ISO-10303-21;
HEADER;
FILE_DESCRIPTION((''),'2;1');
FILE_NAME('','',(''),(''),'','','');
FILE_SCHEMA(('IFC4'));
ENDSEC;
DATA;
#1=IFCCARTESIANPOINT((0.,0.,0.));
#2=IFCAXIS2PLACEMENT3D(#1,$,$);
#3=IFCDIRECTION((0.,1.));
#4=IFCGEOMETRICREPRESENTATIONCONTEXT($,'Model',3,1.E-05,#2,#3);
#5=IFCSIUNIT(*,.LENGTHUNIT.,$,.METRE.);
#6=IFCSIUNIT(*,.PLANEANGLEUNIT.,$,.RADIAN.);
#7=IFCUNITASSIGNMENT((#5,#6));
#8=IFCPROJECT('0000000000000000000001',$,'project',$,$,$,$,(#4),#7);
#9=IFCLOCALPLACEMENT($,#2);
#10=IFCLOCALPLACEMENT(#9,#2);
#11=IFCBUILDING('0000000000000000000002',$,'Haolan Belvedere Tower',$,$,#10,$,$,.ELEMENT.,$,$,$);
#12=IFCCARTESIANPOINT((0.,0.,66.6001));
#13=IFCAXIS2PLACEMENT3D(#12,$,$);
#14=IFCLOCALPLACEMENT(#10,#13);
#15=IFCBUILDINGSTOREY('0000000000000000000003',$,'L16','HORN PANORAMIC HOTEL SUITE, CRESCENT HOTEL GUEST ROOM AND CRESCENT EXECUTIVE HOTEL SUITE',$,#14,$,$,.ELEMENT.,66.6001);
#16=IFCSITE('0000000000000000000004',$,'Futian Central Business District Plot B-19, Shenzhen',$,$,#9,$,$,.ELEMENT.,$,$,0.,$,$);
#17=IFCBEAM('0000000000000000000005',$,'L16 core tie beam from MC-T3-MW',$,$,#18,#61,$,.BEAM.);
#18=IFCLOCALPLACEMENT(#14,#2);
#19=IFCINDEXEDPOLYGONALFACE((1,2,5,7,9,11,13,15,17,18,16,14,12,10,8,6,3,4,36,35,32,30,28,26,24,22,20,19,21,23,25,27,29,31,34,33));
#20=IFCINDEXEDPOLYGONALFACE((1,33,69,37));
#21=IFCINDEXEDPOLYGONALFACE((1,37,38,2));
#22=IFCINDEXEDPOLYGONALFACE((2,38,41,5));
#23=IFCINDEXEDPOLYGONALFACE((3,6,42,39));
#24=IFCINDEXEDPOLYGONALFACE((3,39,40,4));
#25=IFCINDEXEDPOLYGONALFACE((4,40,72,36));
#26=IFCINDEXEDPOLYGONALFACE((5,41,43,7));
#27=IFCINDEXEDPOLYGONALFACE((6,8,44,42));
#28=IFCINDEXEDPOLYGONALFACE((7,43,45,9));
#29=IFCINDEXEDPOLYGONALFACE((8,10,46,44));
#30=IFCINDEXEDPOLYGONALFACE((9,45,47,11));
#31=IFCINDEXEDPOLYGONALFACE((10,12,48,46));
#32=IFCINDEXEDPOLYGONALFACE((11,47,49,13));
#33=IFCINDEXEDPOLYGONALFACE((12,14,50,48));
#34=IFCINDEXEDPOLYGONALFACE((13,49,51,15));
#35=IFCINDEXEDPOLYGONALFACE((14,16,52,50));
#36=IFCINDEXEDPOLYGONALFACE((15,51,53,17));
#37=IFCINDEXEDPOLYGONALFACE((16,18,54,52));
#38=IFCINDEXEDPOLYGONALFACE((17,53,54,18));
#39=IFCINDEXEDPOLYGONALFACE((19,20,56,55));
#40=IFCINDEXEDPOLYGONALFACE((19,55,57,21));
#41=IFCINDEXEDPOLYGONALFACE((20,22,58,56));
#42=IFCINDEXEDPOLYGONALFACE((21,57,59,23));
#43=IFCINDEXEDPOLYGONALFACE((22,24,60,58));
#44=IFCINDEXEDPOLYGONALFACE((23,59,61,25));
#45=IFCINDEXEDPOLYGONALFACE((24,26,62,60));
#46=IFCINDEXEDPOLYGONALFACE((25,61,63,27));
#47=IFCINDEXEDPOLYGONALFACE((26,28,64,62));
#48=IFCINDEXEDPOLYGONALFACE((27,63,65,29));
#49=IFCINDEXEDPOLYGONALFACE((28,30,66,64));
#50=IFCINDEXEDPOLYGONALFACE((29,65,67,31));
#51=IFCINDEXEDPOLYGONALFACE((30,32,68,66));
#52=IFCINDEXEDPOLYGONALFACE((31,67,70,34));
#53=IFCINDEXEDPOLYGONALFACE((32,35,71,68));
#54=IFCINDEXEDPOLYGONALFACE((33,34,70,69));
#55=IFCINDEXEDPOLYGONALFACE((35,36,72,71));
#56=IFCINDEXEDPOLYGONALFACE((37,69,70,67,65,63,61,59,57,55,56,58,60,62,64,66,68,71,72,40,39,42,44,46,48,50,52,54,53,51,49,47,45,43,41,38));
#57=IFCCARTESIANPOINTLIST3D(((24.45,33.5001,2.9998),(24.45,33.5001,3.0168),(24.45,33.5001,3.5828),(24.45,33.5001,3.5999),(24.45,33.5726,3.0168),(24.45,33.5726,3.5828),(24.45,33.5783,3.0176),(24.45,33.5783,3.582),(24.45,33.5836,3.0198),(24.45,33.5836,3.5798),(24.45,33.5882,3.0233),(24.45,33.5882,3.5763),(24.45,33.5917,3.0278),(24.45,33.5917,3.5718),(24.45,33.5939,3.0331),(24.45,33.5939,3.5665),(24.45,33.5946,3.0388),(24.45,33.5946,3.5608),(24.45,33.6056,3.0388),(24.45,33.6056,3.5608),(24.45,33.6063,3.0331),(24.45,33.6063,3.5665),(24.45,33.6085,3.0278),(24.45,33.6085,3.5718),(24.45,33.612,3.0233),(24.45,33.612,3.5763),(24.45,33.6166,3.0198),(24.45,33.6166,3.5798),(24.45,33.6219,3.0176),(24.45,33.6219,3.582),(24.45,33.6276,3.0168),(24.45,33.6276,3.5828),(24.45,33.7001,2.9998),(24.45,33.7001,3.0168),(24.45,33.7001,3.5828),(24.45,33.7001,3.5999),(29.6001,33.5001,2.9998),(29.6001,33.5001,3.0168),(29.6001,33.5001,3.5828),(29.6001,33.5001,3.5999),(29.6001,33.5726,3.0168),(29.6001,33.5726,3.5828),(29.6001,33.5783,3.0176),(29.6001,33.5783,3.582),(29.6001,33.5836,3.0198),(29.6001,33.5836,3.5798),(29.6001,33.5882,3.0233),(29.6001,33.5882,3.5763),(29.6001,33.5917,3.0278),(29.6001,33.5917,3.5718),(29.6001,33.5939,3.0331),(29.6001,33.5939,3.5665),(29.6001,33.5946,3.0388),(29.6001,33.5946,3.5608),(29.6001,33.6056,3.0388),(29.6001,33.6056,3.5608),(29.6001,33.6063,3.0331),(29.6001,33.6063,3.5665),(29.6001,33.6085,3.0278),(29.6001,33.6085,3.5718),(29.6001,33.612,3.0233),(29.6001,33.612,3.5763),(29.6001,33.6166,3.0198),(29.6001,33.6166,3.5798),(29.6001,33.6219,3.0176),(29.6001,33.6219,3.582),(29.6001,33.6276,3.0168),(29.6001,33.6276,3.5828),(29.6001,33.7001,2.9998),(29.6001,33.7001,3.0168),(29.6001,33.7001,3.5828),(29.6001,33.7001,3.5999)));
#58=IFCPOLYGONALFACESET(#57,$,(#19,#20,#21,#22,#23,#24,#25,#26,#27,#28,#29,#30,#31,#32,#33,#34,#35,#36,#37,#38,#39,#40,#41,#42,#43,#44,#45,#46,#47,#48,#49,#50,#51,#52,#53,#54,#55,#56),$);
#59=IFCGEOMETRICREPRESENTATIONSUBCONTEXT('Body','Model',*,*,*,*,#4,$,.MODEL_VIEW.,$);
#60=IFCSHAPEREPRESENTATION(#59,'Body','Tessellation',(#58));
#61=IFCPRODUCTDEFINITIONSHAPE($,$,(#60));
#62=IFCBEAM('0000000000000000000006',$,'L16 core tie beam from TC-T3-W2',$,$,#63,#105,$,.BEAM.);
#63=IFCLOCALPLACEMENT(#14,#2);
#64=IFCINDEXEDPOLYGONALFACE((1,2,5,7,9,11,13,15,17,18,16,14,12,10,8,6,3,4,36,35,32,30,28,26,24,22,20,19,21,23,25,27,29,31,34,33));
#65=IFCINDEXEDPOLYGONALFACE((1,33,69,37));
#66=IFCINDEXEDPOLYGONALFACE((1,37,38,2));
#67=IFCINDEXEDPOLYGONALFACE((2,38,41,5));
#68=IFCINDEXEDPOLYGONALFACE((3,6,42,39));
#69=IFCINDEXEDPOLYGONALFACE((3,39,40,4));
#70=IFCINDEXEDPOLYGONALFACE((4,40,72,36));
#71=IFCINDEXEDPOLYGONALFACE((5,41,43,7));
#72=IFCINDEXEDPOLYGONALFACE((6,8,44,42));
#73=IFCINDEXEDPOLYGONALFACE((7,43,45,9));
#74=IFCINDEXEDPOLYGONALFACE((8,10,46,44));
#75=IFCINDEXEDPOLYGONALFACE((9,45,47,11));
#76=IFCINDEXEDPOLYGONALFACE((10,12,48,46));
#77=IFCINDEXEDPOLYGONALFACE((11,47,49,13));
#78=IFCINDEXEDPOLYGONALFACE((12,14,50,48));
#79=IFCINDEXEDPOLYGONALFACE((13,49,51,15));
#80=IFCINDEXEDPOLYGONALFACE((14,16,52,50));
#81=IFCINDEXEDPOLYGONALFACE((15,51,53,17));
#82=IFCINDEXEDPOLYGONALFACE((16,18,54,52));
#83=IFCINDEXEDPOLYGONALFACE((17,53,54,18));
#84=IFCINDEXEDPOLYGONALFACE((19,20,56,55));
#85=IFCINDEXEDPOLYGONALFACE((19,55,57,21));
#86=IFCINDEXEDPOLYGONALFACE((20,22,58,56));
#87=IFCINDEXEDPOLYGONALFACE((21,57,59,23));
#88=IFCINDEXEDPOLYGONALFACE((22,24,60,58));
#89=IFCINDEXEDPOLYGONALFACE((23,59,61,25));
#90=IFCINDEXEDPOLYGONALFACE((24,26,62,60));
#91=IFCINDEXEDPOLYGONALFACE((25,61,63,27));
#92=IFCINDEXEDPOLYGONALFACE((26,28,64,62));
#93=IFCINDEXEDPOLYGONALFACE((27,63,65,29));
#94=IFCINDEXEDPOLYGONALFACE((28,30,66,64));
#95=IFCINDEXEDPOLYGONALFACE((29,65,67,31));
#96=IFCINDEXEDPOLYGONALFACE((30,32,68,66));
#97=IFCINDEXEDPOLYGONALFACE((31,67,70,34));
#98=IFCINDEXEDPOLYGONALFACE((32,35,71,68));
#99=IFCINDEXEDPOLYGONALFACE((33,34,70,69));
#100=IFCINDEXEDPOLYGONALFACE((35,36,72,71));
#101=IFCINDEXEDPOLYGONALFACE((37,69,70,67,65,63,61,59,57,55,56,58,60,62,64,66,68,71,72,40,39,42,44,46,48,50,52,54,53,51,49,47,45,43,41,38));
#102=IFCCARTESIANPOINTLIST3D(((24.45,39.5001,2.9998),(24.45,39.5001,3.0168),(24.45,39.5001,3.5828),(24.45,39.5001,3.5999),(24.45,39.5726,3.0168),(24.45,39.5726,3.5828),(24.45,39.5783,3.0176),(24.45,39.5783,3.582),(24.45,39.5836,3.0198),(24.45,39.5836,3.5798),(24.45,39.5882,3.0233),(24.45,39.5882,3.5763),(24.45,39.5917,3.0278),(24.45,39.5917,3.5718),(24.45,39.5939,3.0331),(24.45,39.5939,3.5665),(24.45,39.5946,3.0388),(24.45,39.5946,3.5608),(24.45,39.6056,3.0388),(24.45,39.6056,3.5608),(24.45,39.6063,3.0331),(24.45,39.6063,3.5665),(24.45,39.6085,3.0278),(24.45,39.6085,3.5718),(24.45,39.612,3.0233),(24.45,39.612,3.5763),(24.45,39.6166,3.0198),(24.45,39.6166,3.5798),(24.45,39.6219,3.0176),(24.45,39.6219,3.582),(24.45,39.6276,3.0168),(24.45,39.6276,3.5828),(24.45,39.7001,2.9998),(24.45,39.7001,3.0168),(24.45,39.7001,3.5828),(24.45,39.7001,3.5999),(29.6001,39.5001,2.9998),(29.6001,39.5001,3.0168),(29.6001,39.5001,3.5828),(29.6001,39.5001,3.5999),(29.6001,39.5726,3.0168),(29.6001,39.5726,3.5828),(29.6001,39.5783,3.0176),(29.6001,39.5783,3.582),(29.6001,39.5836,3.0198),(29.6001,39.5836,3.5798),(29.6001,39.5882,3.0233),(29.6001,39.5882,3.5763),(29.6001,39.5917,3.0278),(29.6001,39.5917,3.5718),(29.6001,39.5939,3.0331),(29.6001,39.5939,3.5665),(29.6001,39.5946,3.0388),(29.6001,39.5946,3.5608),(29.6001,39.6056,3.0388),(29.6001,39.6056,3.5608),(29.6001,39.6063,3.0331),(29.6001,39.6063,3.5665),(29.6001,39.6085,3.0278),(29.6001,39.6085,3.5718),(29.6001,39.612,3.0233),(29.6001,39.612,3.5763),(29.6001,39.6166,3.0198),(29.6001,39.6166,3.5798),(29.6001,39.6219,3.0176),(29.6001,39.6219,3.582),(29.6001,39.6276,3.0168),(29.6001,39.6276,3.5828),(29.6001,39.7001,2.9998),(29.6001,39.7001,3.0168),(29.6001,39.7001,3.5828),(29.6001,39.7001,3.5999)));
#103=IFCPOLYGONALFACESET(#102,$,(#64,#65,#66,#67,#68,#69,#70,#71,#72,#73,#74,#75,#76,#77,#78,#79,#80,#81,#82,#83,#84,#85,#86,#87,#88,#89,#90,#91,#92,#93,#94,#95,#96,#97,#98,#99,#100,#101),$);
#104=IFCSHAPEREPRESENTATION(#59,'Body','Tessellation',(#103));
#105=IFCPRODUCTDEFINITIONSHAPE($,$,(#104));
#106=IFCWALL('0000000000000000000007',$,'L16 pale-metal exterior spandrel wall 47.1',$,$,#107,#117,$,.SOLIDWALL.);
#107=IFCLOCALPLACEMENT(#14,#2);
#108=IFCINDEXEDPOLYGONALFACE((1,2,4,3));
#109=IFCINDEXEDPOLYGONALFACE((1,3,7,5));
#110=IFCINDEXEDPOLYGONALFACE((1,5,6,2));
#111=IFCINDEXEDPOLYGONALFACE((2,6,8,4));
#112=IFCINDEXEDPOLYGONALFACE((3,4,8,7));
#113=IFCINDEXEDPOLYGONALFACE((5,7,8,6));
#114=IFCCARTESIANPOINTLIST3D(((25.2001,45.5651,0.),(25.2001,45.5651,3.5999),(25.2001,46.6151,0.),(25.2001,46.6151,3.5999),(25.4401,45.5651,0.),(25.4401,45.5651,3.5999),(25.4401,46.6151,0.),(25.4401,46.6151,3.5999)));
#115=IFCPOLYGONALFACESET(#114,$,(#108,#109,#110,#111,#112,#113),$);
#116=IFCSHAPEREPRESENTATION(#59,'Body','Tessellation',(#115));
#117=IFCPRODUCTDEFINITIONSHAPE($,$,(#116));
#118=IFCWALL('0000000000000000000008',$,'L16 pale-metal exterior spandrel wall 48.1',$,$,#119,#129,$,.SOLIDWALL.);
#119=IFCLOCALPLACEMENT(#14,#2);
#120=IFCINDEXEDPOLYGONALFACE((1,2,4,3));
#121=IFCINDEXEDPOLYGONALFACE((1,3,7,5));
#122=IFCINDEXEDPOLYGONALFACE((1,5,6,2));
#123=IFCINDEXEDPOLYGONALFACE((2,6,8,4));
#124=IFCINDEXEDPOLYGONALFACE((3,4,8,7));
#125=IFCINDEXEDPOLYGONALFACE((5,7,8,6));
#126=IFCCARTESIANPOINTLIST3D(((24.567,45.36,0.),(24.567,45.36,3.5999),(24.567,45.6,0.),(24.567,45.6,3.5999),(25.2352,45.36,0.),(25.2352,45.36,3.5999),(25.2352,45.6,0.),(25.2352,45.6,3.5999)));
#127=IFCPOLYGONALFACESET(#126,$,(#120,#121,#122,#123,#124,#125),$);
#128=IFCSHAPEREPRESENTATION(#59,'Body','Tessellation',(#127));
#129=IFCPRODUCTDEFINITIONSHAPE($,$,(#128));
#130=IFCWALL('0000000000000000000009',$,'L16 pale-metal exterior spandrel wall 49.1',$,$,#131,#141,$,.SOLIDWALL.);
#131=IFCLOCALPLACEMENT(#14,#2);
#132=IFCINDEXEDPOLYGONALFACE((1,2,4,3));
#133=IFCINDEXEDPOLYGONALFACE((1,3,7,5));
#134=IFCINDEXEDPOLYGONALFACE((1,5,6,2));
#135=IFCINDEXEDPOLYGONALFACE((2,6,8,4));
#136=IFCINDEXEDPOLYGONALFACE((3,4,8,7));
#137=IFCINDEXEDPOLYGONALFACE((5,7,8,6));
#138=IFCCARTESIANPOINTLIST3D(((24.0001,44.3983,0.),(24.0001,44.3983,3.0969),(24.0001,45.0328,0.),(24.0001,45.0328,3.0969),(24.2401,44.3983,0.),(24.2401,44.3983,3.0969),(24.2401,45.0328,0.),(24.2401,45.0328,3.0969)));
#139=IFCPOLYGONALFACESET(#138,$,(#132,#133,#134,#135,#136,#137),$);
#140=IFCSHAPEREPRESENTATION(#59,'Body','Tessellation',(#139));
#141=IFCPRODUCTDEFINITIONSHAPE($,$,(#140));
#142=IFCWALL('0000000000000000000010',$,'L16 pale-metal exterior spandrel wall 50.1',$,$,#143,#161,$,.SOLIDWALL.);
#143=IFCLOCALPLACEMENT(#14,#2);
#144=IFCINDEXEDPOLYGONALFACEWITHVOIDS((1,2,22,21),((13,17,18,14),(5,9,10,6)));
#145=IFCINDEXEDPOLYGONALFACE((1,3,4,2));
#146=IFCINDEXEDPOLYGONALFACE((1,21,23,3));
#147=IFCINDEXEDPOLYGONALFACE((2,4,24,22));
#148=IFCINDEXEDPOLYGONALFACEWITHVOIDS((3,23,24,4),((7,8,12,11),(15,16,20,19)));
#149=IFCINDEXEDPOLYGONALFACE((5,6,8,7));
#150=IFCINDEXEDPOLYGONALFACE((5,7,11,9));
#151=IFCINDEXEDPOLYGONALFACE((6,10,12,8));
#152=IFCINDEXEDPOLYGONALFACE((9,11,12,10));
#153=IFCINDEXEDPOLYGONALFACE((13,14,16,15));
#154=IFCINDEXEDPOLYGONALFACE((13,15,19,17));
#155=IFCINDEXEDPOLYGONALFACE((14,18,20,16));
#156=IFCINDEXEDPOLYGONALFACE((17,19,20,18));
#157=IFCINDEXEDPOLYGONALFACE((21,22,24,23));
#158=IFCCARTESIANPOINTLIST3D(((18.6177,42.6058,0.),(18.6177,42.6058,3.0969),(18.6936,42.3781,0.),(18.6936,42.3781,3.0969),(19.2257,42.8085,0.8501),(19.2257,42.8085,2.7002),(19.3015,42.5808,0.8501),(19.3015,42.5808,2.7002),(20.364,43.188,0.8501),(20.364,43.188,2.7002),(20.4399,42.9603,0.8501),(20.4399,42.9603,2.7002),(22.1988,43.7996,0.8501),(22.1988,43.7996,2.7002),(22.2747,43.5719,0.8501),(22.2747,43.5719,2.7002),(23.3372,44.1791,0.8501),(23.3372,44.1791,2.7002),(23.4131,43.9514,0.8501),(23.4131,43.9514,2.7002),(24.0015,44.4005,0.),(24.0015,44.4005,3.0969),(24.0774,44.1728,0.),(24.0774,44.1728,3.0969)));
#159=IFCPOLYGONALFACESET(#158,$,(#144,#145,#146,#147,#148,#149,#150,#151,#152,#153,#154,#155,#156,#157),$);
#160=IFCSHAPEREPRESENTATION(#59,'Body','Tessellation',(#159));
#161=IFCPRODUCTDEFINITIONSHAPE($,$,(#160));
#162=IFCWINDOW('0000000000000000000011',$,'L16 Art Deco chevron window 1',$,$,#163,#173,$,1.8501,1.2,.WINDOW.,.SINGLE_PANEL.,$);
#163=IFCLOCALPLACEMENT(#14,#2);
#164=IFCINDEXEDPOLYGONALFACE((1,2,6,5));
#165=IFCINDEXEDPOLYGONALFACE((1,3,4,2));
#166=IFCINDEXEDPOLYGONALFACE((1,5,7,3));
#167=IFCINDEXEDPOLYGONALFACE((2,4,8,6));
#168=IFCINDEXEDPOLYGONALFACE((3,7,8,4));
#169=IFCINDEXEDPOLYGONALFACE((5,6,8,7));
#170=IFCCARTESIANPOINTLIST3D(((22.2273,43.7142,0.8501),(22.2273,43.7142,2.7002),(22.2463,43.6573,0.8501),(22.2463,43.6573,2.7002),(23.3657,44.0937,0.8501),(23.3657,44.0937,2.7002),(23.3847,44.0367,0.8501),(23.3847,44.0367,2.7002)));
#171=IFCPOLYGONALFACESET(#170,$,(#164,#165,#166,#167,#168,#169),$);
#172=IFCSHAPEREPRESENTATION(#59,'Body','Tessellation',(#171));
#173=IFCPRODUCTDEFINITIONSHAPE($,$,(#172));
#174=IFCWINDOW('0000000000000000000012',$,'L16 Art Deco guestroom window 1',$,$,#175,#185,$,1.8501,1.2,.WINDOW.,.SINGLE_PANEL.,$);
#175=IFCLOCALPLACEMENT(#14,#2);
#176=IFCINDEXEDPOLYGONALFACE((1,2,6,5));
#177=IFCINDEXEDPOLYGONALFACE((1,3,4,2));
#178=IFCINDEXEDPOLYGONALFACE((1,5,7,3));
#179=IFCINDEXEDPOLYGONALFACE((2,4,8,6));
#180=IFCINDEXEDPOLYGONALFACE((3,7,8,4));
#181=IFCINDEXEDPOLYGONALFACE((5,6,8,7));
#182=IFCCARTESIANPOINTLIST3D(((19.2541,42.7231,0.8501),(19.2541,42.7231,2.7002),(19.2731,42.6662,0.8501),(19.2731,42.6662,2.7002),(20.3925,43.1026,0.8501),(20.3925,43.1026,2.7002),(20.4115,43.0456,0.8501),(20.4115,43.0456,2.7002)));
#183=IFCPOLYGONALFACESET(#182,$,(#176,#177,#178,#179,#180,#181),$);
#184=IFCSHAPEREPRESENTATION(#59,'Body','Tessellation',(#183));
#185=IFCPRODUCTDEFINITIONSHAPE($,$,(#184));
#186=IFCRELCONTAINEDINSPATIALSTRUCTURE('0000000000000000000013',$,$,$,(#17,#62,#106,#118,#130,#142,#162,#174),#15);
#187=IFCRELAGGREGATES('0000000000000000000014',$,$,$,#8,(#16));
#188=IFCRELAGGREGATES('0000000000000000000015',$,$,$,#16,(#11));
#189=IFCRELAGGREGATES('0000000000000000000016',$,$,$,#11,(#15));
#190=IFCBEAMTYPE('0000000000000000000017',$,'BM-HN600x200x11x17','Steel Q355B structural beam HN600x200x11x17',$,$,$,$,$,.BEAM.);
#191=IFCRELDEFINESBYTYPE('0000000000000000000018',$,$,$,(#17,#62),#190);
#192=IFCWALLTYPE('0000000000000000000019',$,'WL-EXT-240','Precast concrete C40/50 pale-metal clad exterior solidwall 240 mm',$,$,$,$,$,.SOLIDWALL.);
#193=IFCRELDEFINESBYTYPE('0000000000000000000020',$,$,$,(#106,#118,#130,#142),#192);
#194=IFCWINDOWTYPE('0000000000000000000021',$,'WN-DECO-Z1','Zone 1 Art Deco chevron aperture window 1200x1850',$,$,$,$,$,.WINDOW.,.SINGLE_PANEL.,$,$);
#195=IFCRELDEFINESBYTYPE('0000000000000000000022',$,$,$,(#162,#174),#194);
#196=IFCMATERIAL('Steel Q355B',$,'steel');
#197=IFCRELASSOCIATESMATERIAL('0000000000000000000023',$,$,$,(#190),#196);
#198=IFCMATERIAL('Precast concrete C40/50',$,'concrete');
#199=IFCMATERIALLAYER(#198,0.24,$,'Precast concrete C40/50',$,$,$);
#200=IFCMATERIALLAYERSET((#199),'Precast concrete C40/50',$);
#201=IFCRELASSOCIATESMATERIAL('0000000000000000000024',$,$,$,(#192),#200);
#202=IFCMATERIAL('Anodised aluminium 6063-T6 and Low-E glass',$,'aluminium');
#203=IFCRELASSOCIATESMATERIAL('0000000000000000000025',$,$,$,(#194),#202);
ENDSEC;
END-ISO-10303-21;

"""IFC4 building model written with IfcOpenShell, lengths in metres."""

from ifc_helpers import new_model, si_unit, direction, frame, frame_2d, origin, origin_2d, place, context, subcontext, project, spatial, rectangle, i_section, extrude, material, layer, layer_set, material_profile, profile_set, type_object, element, fill, save


model = new_model("IFC4")

# Units and contexts
model_context = context("Model", 3, precision=1e-05, world=origin(), true_north=direction((0.0, 1.0)))
body_context = subcontext(model_context, "Body", "Model", "MODEL_VIEW")
ifc_project = project(units=[si_unit("LENGTHUNIT", "METRE"), si_unit("PLANEANGLEUNIT", "RADIAN")], contexts=[model_context])

# Site, building, storey
site_placement = place(None, origin())
site = spatial("IfcSite", under=ifc_project, at=site_placement, Name="Futian Central Business District Plot B-19, Shenzhen", CompositionType="ELEMENT", RefElevation=0.0)
building_placement = place(site_placement, origin())
building = spatial("IfcBuilding", under=site, at=building_placement, Name="Haolan Belvedere Tower", CompositionType="ELEMENT")
storey_placement = place(building_placement, frame((0.0, 0.0, 66.6001)))
storey = spatial("IfcBuildingStorey", under=building, at=storey_placement, Name="L16", Description="HORN PANORAMIC HOTEL SUITE, CRESCENT HOTEL GUEST ROOM AND CRESCENT EXECUTIVE HOTEL SUITE", CompositionType="ELEMENT", Elevation=66.6001)

# Shared definitions
ifc_material_1 = material(Name="Steel Q355B", Category="steel")

# Beams
ifc_material_profile_1 = material_profile(ifc_material_1, i_section(OverallWidth=0.2, OverallDepth=0.6001, WebThickness=0.011, FlangeThickness=0.0171, FilletRadius=0.022, at=origin_2d()), Name="Steel Q355B")
ifc_profile_set_1 = profile_set([ifc_material_profile_1], Name="Steel Q355B")
beam_type_1 = type_object("IfcBeamType", Name="BM-HN600x200x11x17", Description="Steel Q355B structural beam HN600x200x11x17", PredefinedType="BEAM", material=ifc_profile_set_1)
for number, where, z_axis, x_axis, name in (
    (1, (24.45, 33.6001, 3.2998), (1.0, 0.0, 0.0), (0.0, 1.0, 0.0), "L16 core tie beam from MC-T3-MW"),
    (2, (24.45, 39.6001, 3.2998), (1.0, 0.0, 0.0), (0.0, 1.0, 0.0), "L16 core tie beam from TC-T3-W2"),
):
    element("IfcBeam", number, at=place(storey_placement, frame(where, z_axis=z_axis, x_axis=x_axis)), inside=storey, type_object=beam_type_1, Name=name, PredefinedType="BEAM", context=body_context, shape_type="SweptSolid", body=[
        extrude(i_section(OverallWidth=0.2, OverallDepth=0.6001, WebThickness=0.011, FlangeThickness=0.0171, FilletRadius=0.022, at=origin_2d()), origin(), (0.0, 0.0, 1.0), 5.1501),
    ])

# Walls
ifc_material_2 = material(Name="Precast concrete C40/50", Category="concrete")
ifc_layer_1 = layer(ifc_material_2, 0.24, Name="Precast concrete C40/50")
ifc_layer_set_1 = layer_set([ifc_layer_1], Name="Precast concrete C40/50")
wall_type_1 = type_object("IfcWallType", Name="WL-EXT-240", Description="Precast concrete C40/50 pale-metal clad exterior solidwall 240 mm", PredefinedType="SOLIDWALL", material=ifc_layer_set_1)
wall_1_placement = place(storey_placement, frame((25.3201, 46.615, 0.0), z_axis=(0.0, 0.0, 1.0), x_axis=(0.0, -1.0, 0.0)))
element("IfcWall", 3, at=wall_1_placement, inside=storey, type_object=wall_type_1, Name="L16 pale-metal exterior spandrel wall 47.1", PredefinedType="SOLIDWALL", context=body_context, shape_type="SweptSolid", body=[
    extrude(rectangle(XDim=1.05, YDim=0.24, at=frame_2d((0.5249, 0.0))), origin(), (0.0, 0.0, 1.0), 3.5999),
])
wall_2_placement = place(storey_placement, frame((25.2351, 45.48, 0.0), z_axis=(0.0, 0.0, 1.0), x_axis=(-1.0, 0.0, 0.0)))
element("IfcWall", 4, at=wall_2_placement, inside=storey, type_object=wall_type_1, Name="L16 pale-metal exterior spandrel wall 48.1", PredefinedType="SOLIDWALL", context=body_context, shape_type="SweptSolid", body=[
    extrude(rectangle(XDim=0.6682, YDim=0.24, at=frame_2d((0.334, 0.0))), origin(), (0.0, 0.0, 1.0), 3.5999),
])
wall_3_placement = place(storey_placement, frame((24.1201, 45.033, 0.0), z_axis=(0.0, 0.0, 1.0), x_axis=(0.0, -1.0, 0.0)))
element("IfcWall", 5, at=wall_3_placement, inside=storey, type_object=wall_type_1, Name="L16 pale-metal exterior spandrel wall 49.1", PredefinedType="SOLIDWALL", context=body_context, shape_type="SweptSolid", body=[
    extrude(rectangle(XDim=0.6345, YDim=0.24, at=frame_2d((0.3174, 0.0))), origin(), (0.0, 0.0, 1.0), 3.0969),
])

# Wall, openings, windows
wall_4_placement = place(storey_placement, frame((24.0393, 44.2866, 0.0), z_axis=(0.0, 0.0, 1.0), x_axis=(-0.948679, -0.316241, 0.0)))
wall_4 = element("IfcWall", 6, at=wall_4_placement, inside=storey, type_object=wall_type_1, Name="L16 pale-metal exterior spandrel wall 50.1", PredefinedType="SOLIDWALL", context=body_context, shape_type="SweptSolid", body=[
    extrude(rectangle(XDim=5.675, YDim=0.24, at=frame_2d((2.8374, 0.0))), origin(), (0.0, 0.0, 1.0), 3.0969),
])
opening_1_placement = place(wall_4_placement, frame((0.7, 0.0, 0.8501)))
opening_1 = element("IfcOpeningElement", 7, at=opening_1_placement, cuts=wall_4, PredefinedType="OPENING", context=body_context, shape_type="SweptSolid", body=[
    extrude(rectangle(XDim=1.2, YDim=1.8501, at=frame_2d((0.6001, 0.925))), frame((0.0, 0.1299, 0.0), z_axis=(0.0, -1.0, 0.0), x_axis=(1.0, 0.0, 0.0)), (0.0, 0.0, 1.0), 0.26),
])
opening_2_placement = place(wall_4_placement, frame((3.834, 0.0, 0.8501)))
opening_2 = element("IfcOpeningElement", 8, at=opening_2_placement, cuts=wall_4, PredefinedType="OPENING", context=body_context, shape_type="SweptSolid", body=[
    extrude(rectangle(XDim=1.2, YDim=1.8501, at=frame_2d((0.6001, 0.925))), frame((0.0, 0.1299, 0.0), z_axis=(0.0, -1.0, 0.0), x_axis=(1.0, 0.0, 0.0)), (0.0, 0.0, 1.0), 0.26),
])
ifc_material_3 = material(Name="Anodised aluminium 6063-T6 and Low-E glass", Category="aluminium")
window_type = type_object("IfcWindowType", Name="WN-DECO-Z1", Description="Zone 1 Art Deco chevron aperture window 1200x1850", PartitioningType="SINGLE_PANEL", PredefinedType="WINDOW", material=ifc_material_3)
window_1_placement = place(opening_1_placement, origin())
window_1 = element("IfcWindow", 9, at=window_1_placement, inside=storey, type_object=window_type, Name="L16 Art Deco chevron window 1", OverallHeight=1.8501, OverallWidth=1.2, PartitioningType="SINGLE_PANEL", PredefinedType="WINDOW", context=body_context, shape_type="SweptSolid", body=[
    extrude(rectangle(XDim=1.2, YDim=1.8501, at=frame_2d((0.6001, 0.925))), frame((0.0, 0.03, 0.0), z_axis=(0.0, -1.0, 0.0), x_axis=(1.0, 0.0, 0.0)), (0.0, 0.0, 1.0), 0.0601),
])
fill(opening_1, window_1)
window_2_placement = place(opening_2_placement, origin())
window_2 = element("IfcWindow", 10, at=window_2_placement, inside=storey, type_object=window_type, Name="L16 Art Deco guestroom window 1", OverallHeight=1.8501, OverallWidth=1.2, PartitioningType="SINGLE_PANEL", PredefinedType="WINDOW", context=body_context, shape_type="SweptSolid", body=[
    extrude(rectangle(XDim=1.2, YDim=1.8501, at=frame_2d((0.6001, 0.925))), frame((0.0, 0.03, 0.0), z_axis=(0.0, -1.0, 0.0), x_axis=(1.0, 0.0, 0.0)), (0.0, 0.0, 1.0), 0.0601),
])
fill(opening_2, window_2)

save(model, "model.ifc")
